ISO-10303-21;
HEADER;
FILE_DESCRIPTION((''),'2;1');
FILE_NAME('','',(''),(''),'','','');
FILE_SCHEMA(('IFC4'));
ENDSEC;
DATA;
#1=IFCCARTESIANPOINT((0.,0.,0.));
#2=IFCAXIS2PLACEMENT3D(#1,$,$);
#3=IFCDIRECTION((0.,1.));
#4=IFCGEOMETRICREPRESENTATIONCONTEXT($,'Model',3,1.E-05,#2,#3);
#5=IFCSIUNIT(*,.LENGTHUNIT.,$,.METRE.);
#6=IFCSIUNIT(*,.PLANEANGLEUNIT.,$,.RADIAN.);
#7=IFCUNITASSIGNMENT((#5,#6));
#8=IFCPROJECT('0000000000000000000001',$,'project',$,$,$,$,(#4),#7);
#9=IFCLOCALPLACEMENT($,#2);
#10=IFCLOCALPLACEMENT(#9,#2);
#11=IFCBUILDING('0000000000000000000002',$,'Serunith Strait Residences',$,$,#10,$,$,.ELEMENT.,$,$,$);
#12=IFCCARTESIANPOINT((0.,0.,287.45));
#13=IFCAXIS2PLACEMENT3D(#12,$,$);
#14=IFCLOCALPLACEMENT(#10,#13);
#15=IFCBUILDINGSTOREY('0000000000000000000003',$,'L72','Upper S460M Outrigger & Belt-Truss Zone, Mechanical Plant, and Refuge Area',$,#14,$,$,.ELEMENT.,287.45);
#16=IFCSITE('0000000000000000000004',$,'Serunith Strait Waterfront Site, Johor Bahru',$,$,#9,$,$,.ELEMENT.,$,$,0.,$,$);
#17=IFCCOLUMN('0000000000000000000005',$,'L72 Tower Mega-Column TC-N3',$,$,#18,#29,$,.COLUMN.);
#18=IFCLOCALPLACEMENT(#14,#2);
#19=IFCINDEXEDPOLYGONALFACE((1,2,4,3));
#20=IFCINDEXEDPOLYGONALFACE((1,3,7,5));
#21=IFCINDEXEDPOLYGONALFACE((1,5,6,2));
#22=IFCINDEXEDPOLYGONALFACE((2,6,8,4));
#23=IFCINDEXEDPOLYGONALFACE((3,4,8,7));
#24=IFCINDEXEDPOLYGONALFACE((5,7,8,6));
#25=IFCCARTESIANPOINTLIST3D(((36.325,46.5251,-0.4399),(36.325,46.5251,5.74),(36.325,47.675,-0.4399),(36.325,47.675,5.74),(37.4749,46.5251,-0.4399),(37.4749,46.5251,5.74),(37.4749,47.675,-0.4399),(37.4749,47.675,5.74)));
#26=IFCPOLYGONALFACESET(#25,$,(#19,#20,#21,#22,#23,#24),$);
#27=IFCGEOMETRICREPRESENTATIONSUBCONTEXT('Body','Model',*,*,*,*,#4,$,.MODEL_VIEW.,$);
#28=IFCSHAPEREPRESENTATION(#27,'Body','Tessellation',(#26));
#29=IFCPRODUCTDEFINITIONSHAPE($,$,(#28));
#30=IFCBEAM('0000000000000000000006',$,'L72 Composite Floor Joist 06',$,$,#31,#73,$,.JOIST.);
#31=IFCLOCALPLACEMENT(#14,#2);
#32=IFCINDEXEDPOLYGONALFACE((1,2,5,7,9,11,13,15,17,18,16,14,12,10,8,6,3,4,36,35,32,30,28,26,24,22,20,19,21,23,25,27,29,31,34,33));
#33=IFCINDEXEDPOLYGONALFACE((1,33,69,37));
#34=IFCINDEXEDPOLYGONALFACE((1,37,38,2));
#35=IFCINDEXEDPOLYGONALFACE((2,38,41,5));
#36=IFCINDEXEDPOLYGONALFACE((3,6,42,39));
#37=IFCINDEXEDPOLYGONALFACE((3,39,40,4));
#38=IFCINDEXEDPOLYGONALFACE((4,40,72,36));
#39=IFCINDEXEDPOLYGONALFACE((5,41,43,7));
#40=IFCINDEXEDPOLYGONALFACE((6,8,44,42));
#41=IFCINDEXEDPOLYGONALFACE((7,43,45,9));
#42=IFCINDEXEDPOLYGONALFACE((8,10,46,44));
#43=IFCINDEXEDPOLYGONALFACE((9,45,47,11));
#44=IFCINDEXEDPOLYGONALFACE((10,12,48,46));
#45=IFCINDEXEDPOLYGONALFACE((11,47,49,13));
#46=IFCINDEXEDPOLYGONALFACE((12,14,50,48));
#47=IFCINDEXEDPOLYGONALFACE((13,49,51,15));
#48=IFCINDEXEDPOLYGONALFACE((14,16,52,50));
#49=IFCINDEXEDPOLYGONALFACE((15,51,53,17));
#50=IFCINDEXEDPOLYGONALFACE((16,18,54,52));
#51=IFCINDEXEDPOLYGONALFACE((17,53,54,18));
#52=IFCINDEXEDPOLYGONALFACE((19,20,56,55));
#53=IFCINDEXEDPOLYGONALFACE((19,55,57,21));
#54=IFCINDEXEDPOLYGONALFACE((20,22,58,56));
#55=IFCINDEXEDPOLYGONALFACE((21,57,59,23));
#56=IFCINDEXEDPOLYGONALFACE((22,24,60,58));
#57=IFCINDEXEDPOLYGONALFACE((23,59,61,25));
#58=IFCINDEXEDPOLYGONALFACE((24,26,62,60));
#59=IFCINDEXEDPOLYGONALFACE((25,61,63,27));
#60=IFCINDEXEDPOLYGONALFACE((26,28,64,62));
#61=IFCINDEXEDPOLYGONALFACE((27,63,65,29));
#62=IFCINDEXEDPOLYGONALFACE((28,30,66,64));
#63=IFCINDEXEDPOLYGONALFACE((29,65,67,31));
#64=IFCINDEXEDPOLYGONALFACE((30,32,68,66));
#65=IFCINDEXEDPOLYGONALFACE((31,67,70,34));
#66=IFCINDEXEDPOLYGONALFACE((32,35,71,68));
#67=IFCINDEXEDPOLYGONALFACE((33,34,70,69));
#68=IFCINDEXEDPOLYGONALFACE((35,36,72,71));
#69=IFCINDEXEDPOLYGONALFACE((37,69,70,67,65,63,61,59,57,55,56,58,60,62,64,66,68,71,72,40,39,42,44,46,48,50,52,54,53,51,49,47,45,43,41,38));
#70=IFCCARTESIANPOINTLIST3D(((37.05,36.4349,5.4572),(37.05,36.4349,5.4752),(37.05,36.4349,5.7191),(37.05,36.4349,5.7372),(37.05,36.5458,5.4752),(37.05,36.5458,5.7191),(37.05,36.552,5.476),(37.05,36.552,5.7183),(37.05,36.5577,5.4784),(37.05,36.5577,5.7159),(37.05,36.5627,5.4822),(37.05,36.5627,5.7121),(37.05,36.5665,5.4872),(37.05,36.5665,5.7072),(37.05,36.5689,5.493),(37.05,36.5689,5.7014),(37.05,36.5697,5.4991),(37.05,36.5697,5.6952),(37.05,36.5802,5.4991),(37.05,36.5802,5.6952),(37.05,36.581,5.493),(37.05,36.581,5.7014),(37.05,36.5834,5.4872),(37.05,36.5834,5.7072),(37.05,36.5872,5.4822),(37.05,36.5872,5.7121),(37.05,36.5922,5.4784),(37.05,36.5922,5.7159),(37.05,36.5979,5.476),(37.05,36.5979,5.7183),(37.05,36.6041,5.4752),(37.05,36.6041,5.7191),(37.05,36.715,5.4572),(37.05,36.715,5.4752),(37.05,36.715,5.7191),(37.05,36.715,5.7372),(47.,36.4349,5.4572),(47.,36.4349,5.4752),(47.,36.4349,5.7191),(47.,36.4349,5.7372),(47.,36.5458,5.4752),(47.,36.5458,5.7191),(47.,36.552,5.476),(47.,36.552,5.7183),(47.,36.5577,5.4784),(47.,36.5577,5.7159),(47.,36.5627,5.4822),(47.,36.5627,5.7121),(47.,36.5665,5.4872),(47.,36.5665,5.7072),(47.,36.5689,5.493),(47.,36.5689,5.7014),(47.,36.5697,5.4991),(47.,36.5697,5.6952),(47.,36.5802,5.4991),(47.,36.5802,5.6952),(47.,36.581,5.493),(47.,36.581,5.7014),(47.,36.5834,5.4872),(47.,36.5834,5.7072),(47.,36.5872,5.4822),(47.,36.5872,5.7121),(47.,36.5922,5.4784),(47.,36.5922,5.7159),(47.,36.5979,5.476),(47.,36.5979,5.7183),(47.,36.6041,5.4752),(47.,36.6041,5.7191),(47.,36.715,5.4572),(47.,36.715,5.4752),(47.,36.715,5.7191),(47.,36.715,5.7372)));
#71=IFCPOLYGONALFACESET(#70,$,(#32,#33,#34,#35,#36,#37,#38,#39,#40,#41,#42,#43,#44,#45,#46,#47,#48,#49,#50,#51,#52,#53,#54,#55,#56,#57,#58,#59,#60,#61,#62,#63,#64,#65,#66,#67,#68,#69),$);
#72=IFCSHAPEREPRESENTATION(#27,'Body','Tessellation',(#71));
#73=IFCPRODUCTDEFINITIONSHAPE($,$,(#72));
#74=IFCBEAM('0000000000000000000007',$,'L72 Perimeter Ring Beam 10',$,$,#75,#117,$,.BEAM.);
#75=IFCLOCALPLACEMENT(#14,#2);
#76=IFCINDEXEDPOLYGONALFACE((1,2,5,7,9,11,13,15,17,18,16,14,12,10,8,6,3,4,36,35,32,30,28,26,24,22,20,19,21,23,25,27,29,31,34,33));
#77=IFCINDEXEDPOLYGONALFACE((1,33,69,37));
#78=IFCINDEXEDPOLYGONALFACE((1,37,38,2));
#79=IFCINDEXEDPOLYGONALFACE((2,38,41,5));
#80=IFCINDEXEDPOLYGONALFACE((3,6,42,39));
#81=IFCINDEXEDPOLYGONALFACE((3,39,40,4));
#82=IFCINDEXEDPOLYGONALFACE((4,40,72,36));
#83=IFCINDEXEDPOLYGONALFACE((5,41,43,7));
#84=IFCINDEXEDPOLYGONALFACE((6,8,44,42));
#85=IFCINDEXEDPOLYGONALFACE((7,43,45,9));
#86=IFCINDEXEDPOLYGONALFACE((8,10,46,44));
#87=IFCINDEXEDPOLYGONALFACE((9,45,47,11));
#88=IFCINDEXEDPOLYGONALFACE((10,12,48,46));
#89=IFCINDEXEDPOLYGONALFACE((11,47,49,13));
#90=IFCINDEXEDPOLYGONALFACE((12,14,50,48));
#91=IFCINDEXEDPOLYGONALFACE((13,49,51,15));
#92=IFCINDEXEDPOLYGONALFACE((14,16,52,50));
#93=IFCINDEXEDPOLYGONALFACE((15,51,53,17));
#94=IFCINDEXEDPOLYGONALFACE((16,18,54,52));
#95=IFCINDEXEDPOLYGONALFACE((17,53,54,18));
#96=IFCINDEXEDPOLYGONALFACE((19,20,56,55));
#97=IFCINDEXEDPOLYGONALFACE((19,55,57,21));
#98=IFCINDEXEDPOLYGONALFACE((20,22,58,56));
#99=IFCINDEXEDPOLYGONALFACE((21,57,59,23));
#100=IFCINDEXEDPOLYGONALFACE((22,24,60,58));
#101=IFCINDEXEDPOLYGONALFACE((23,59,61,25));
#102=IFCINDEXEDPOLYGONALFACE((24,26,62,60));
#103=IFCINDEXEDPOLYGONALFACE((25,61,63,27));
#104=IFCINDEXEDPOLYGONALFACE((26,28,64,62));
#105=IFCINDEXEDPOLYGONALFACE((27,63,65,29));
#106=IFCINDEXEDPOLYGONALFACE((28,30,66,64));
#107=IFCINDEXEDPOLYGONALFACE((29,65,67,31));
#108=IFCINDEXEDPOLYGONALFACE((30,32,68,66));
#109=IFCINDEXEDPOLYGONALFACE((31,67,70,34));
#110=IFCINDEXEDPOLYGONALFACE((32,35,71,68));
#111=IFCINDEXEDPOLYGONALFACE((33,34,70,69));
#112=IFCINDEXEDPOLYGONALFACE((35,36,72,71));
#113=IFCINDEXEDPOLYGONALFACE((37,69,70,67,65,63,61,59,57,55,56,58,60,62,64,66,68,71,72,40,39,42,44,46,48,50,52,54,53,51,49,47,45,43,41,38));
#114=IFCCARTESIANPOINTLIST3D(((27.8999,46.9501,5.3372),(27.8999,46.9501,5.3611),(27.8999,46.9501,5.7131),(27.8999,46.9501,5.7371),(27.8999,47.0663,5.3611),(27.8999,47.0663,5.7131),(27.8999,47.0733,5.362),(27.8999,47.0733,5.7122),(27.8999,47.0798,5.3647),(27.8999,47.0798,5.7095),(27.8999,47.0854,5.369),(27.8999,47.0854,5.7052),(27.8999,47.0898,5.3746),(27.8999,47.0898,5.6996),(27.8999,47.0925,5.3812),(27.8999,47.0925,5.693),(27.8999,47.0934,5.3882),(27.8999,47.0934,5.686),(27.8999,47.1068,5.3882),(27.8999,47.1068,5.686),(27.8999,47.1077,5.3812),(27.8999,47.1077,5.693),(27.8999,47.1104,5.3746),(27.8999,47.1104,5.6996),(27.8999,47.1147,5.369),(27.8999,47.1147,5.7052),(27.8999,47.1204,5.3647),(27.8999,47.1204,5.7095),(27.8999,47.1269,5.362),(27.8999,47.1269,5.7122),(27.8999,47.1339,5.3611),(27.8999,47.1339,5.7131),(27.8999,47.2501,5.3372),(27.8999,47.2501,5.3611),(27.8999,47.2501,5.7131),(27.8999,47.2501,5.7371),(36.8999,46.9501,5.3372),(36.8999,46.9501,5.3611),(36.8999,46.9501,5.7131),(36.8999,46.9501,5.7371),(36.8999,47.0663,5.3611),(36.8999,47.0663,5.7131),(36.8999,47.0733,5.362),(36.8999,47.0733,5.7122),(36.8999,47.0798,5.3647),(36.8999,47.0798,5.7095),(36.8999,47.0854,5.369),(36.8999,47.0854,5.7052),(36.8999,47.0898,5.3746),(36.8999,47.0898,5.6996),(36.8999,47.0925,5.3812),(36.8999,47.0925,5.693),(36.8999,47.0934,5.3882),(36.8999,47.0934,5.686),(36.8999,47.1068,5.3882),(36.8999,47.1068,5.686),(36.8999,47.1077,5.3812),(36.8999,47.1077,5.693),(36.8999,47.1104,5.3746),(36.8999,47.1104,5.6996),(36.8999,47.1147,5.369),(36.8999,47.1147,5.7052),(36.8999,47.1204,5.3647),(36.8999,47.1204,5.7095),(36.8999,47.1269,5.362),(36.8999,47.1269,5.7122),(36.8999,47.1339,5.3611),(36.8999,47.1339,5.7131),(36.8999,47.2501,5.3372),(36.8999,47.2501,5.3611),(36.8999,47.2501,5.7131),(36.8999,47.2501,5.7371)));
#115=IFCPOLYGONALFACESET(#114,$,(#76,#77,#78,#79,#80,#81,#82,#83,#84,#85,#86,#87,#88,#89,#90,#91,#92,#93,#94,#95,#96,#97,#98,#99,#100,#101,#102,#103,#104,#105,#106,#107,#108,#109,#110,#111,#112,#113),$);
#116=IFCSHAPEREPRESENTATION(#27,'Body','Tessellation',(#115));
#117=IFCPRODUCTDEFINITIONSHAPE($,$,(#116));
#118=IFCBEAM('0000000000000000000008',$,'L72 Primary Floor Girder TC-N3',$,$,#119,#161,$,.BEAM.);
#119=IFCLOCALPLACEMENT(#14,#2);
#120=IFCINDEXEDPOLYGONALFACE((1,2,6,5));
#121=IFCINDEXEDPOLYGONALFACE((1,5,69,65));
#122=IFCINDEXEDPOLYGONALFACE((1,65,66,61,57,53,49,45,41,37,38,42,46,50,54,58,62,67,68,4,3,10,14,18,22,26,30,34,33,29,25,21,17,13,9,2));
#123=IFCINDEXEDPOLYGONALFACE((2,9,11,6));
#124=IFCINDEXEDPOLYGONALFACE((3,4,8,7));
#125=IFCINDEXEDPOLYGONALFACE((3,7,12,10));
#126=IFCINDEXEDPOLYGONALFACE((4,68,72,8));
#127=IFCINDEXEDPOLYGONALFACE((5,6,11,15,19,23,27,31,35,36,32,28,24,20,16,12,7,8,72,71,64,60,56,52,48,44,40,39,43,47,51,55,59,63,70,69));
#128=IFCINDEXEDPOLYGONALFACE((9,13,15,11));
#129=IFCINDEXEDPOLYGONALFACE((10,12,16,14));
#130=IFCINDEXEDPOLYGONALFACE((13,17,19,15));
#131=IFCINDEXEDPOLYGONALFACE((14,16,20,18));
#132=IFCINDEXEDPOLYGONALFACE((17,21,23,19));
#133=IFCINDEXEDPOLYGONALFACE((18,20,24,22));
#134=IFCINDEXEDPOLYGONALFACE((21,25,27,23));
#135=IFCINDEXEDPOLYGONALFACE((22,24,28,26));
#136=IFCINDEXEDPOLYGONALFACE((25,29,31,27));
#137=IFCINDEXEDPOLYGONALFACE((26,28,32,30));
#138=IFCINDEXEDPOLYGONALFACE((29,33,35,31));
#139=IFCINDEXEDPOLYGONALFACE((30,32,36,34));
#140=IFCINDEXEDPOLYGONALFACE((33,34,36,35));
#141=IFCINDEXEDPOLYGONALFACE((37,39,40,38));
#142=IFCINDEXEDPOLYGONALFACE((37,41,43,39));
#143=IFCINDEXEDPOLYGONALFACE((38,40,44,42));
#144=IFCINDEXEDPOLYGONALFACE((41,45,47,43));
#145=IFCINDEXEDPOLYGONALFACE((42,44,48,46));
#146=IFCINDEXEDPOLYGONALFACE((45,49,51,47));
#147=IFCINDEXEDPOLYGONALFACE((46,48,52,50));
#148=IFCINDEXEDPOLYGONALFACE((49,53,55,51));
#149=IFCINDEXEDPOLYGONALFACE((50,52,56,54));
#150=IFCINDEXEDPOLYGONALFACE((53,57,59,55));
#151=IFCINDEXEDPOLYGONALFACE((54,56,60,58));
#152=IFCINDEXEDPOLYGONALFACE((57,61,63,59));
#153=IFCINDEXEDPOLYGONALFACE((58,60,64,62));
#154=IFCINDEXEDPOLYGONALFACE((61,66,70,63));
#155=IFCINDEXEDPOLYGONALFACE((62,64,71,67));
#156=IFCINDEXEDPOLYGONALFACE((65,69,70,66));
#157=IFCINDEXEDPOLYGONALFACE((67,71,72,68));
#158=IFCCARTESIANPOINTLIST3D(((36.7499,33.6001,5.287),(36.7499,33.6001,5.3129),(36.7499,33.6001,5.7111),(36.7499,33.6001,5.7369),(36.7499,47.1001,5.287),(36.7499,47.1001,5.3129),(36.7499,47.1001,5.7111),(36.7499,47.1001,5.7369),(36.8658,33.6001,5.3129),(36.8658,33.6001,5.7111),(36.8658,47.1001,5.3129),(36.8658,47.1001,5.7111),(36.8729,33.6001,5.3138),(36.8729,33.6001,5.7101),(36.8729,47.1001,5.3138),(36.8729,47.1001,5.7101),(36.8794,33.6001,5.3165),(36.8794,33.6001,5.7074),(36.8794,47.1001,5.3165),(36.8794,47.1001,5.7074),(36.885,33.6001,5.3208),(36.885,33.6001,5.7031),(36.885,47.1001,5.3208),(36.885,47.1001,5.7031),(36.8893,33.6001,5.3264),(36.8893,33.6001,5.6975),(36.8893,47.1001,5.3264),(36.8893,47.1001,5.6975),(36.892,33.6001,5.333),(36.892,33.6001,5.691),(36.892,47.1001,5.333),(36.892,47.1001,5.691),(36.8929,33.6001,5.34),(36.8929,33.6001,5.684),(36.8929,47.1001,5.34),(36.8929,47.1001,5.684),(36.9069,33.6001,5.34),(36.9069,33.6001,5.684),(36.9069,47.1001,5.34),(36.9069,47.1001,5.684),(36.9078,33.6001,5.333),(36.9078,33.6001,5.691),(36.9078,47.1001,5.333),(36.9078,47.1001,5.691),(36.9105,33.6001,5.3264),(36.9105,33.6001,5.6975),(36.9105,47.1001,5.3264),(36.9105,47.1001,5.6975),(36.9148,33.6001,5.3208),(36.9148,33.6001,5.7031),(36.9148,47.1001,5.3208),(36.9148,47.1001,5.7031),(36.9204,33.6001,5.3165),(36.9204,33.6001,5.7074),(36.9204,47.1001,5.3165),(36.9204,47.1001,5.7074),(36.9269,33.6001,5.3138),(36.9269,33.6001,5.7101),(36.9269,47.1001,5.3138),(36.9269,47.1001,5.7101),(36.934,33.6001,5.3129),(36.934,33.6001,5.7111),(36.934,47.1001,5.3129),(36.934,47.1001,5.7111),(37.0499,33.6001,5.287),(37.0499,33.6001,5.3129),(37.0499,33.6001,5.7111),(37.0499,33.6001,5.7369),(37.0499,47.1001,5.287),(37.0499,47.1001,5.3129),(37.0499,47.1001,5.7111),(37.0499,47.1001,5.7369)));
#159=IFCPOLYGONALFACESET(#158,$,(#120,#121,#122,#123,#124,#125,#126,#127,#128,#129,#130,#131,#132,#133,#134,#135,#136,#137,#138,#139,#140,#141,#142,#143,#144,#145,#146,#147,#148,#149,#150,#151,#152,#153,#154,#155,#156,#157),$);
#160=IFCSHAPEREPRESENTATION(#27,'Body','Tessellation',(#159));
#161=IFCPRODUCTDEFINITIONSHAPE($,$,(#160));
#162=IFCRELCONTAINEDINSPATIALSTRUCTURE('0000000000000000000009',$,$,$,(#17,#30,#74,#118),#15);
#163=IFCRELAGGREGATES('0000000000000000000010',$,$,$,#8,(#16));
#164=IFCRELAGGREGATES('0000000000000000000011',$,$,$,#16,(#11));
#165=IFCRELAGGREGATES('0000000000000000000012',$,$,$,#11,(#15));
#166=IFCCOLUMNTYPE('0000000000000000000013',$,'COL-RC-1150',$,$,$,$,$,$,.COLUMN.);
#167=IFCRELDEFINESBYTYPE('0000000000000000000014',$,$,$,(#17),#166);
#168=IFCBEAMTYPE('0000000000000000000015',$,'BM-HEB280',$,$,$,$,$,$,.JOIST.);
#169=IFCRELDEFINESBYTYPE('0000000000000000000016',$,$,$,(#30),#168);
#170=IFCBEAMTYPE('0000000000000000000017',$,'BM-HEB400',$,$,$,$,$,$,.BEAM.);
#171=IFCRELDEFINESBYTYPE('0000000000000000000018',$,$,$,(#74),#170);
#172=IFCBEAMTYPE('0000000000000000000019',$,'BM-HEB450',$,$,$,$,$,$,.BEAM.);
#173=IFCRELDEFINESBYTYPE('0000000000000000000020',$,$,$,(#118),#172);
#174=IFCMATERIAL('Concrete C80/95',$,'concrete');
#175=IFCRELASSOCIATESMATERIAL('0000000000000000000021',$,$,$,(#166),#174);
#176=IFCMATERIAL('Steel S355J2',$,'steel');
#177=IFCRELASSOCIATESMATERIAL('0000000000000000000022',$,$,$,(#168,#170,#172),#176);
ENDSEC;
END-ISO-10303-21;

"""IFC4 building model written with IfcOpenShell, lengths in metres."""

from ifc_helpers import new_model, si_unit, direction, frame, origin, origin_2d, place, context, subcontext, project, spatial, rectangle, i_section, extrude, source, transform, mapped, material, material_profile, profile_set, type_object, element, save


model = new_model("IFC4")

# Units and contexts
model_context = context("Model", 3, precision=1e-05, world=origin(), true_north=direction((0.0, 1.0)))
body_context = subcontext(model_context, "Body", "Model", "MODEL_VIEW")
ifc_project = project(units=[si_unit("LENGTHUNIT", "METRE"), si_unit("PLANEANGLEUNIT", "RADIAN")], contexts=[model_context])

# Site, building, storey
site_placement = place(None, origin())
site = spatial("IfcSite", under=ifc_project, at=site_placement, Name="Serunith Strait Waterfront Site, Johor Bahru", CompositionType="ELEMENT", RefElevation=0.0)
building_placement = place(site_placement, origin())
building = spatial("IfcBuilding", under=site, at=building_placement, Name="Serunith Strait Residences", CompositionType="ELEMENT")
storey_placement = place(building_placement, frame((0.0, 0.0, 287.45)))
storey = spatial("IfcBuildingStorey", under=building, at=storey_placement, Name="L72", Description="Upper S460M Outrigger & Belt-Truss Zone, Mechanical Plant, and Refuge Area", CompositionType="ELEMENT", Elevation=287.45)

# Column
ifc_material_1 = material(Name="Concrete C80/95", Category="concrete")
ifc_material_profile_1 = material_profile(ifc_material_1, rectangle(XDim=1.1499, YDim=1.1499, at=origin_2d()), Name="RC 1150x1150")
ifc_profile_set_1 = profile_set([ifc_material_profile_1], Name="Concrete C80/95")
column_type = type_object("IfcColumnType", Name="COL-RC-1150", PredefinedType="COLUMN", material=ifc_profile_set_1)
shared_shape_1 = source(origin(), body_context, "Body", "SweptSolid", [
    extrude(rectangle(XDim=1.1499, YDim=1.1499, at=origin_2d()), origin(), (0.0, 0.0, 1.0), 6.1799),
])
column_placement = place(storey_placement, frame((36.8999, 47.1001, -0.4399), z_axis=(0.0, 0.0, 1.0), x_axis=(1.0, 0.0, 0.0)))
element("IfcColumn", 1, at=column_placement, inside=storey, type_object=column_type, Name="L72 Tower Mega-Column TC-N3", PredefinedType="COLUMN", context=body_context, shape_type="MappedRepresentation", body=[
    mapped(shared_shape_1, transform((0.0, 0.0, 0.0), scale=1.0)),
])

# Beams
ifc_material_2 = material(Name="Steel S355J2", Category="steel")
ifc_material_profile_2 = material_profile(ifc_material_2, i_section(OverallWidth=0.28, OverallDepth=0.28, WebThickness=0.0105, FlangeThickness=0.0181, FilletRadius=0.0239, at=origin_2d()), Name="HEB 280")
ifc_profile_set_2 = profile_set([ifc_material_profile_2], Name="Steel S355J2")
beam_type_1 = type_object("IfcBeamType", Name="BM-HEB280", PredefinedType="JOIST", material=ifc_profile_set_2)
shared_shape_2 = source(origin(), body_context, "Body", "SweptSolid", [
    extrude(i_section(OverallWidth=0.28, OverallDepth=0.28, WebThickness=0.0105, FlangeThickness=0.0181, FilletRadius=0.0239, at=origin_2d()), origin(), (0.0, 0.0, 1.0), 9.95),
])
beam_1_placement = place(storey_placement, frame((37.05, 36.575, 5.5972), z_axis=(1.0, 0.0, 0.0), x_axis=(0.0, 1.0, 0.0)))
element("IfcBeam", 2, at=beam_1_placement, inside=storey, type_object=beam_type_1, Name="L72 Composite Floor Joist 06", PredefinedType="JOIST", context=body_context, shape_type="MappedRepresentation", body=[
    mapped(shared_shape_2, transform((0.0, 0.0, 0.0), scale=1.0)),
])
ifc_material_profile_3 = material_profile(ifc_material_2, i_section(OverallWidth=0.3, OverallDepth=0.3999, WebThickness=0.0134, FlangeThickness=0.0239, FilletRadius=0.0271, at=origin_2d()), Name="HEB 400")
ifc_profile_set_3 = profile_set([ifc_material_profile_3], Name="Steel S355J2")
beam_type_2 = type_object("IfcBeamType", Name="BM-HEB400", PredefinedType="BEAM", material=ifc_profile_set_3)
shared_shape_3 = source(origin(), body_context, "Body", "SweptSolid", [
    extrude(i_section(OverallWidth=0.3, OverallDepth=0.3999, WebThickness=0.0134, FlangeThickness=0.0239, FilletRadius=0.0271, at=origin_2d()), origin(), (0.0, 0.0, 1.0), 9.0),
])
beam_2_placement = place(storey_placement, frame((36.8999, 47.1001, 5.5371), z_axis=(-1.0, 0.0, 0.0), x_axis=(0.0, -1.0, 0.0)))
element("IfcBeam", 3, at=beam_2_placement, inside=storey, type_object=beam_type_2, Name="L72 Perimeter Ring Beam 10", PredefinedType="BEAM", context=body_context, shape_type="MappedRepresentation", body=[
    mapped(shared_shape_3, transform((0.0, 0.0, 0.0), scale=1.0)),
])
ifc_material_profile_4 = material_profile(ifc_material_2, i_section(OverallWidth=0.3, OverallDepth=0.45, WebThickness=0.0139, FlangeThickness=0.0259, FilletRadius=0.0271, at=origin_2d()), Name="HEB 450")
ifc_profile_set_4 = profile_set([ifc_material_profile_4], Name="Steel S355J2")
beam_type_3 = type_object("IfcBeamType", Name="BM-HEB450", PredefinedType="BEAM", material=ifc_profile_set_4)
shared_shape_4 = source(origin(), body_context, "Body", "SweptSolid", [
    extrude(i_section(OverallWidth=0.3, OverallDepth=0.45, WebThickness=0.0139, FlangeThickness=0.0259, FilletRadius=0.0271, at=origin_2d()), origin(), (0.0, 0.0, 1.0), 13.5),
])
beam_3_placement = place(storey_placement, frame((36.8999, 33.6001, 5.512), z_axis=(0.0, 1.0, 0.0), x_axis=(-1.0, 0.0, 0.0)))
element("IfcBeam", 4, at=beam_3_placement, inside=storey, type_object=beam_type_3, Name="L72 Primary Floor Girder TC-N3", PredefinedType="BEAM", context=body_context, shape_type="MappedRepresentation", body=[
    mapped(shared_shape_4, transform((0.0, 0.0, 0.0), scale=1.0)),
])

save(model, "model.ifc")
